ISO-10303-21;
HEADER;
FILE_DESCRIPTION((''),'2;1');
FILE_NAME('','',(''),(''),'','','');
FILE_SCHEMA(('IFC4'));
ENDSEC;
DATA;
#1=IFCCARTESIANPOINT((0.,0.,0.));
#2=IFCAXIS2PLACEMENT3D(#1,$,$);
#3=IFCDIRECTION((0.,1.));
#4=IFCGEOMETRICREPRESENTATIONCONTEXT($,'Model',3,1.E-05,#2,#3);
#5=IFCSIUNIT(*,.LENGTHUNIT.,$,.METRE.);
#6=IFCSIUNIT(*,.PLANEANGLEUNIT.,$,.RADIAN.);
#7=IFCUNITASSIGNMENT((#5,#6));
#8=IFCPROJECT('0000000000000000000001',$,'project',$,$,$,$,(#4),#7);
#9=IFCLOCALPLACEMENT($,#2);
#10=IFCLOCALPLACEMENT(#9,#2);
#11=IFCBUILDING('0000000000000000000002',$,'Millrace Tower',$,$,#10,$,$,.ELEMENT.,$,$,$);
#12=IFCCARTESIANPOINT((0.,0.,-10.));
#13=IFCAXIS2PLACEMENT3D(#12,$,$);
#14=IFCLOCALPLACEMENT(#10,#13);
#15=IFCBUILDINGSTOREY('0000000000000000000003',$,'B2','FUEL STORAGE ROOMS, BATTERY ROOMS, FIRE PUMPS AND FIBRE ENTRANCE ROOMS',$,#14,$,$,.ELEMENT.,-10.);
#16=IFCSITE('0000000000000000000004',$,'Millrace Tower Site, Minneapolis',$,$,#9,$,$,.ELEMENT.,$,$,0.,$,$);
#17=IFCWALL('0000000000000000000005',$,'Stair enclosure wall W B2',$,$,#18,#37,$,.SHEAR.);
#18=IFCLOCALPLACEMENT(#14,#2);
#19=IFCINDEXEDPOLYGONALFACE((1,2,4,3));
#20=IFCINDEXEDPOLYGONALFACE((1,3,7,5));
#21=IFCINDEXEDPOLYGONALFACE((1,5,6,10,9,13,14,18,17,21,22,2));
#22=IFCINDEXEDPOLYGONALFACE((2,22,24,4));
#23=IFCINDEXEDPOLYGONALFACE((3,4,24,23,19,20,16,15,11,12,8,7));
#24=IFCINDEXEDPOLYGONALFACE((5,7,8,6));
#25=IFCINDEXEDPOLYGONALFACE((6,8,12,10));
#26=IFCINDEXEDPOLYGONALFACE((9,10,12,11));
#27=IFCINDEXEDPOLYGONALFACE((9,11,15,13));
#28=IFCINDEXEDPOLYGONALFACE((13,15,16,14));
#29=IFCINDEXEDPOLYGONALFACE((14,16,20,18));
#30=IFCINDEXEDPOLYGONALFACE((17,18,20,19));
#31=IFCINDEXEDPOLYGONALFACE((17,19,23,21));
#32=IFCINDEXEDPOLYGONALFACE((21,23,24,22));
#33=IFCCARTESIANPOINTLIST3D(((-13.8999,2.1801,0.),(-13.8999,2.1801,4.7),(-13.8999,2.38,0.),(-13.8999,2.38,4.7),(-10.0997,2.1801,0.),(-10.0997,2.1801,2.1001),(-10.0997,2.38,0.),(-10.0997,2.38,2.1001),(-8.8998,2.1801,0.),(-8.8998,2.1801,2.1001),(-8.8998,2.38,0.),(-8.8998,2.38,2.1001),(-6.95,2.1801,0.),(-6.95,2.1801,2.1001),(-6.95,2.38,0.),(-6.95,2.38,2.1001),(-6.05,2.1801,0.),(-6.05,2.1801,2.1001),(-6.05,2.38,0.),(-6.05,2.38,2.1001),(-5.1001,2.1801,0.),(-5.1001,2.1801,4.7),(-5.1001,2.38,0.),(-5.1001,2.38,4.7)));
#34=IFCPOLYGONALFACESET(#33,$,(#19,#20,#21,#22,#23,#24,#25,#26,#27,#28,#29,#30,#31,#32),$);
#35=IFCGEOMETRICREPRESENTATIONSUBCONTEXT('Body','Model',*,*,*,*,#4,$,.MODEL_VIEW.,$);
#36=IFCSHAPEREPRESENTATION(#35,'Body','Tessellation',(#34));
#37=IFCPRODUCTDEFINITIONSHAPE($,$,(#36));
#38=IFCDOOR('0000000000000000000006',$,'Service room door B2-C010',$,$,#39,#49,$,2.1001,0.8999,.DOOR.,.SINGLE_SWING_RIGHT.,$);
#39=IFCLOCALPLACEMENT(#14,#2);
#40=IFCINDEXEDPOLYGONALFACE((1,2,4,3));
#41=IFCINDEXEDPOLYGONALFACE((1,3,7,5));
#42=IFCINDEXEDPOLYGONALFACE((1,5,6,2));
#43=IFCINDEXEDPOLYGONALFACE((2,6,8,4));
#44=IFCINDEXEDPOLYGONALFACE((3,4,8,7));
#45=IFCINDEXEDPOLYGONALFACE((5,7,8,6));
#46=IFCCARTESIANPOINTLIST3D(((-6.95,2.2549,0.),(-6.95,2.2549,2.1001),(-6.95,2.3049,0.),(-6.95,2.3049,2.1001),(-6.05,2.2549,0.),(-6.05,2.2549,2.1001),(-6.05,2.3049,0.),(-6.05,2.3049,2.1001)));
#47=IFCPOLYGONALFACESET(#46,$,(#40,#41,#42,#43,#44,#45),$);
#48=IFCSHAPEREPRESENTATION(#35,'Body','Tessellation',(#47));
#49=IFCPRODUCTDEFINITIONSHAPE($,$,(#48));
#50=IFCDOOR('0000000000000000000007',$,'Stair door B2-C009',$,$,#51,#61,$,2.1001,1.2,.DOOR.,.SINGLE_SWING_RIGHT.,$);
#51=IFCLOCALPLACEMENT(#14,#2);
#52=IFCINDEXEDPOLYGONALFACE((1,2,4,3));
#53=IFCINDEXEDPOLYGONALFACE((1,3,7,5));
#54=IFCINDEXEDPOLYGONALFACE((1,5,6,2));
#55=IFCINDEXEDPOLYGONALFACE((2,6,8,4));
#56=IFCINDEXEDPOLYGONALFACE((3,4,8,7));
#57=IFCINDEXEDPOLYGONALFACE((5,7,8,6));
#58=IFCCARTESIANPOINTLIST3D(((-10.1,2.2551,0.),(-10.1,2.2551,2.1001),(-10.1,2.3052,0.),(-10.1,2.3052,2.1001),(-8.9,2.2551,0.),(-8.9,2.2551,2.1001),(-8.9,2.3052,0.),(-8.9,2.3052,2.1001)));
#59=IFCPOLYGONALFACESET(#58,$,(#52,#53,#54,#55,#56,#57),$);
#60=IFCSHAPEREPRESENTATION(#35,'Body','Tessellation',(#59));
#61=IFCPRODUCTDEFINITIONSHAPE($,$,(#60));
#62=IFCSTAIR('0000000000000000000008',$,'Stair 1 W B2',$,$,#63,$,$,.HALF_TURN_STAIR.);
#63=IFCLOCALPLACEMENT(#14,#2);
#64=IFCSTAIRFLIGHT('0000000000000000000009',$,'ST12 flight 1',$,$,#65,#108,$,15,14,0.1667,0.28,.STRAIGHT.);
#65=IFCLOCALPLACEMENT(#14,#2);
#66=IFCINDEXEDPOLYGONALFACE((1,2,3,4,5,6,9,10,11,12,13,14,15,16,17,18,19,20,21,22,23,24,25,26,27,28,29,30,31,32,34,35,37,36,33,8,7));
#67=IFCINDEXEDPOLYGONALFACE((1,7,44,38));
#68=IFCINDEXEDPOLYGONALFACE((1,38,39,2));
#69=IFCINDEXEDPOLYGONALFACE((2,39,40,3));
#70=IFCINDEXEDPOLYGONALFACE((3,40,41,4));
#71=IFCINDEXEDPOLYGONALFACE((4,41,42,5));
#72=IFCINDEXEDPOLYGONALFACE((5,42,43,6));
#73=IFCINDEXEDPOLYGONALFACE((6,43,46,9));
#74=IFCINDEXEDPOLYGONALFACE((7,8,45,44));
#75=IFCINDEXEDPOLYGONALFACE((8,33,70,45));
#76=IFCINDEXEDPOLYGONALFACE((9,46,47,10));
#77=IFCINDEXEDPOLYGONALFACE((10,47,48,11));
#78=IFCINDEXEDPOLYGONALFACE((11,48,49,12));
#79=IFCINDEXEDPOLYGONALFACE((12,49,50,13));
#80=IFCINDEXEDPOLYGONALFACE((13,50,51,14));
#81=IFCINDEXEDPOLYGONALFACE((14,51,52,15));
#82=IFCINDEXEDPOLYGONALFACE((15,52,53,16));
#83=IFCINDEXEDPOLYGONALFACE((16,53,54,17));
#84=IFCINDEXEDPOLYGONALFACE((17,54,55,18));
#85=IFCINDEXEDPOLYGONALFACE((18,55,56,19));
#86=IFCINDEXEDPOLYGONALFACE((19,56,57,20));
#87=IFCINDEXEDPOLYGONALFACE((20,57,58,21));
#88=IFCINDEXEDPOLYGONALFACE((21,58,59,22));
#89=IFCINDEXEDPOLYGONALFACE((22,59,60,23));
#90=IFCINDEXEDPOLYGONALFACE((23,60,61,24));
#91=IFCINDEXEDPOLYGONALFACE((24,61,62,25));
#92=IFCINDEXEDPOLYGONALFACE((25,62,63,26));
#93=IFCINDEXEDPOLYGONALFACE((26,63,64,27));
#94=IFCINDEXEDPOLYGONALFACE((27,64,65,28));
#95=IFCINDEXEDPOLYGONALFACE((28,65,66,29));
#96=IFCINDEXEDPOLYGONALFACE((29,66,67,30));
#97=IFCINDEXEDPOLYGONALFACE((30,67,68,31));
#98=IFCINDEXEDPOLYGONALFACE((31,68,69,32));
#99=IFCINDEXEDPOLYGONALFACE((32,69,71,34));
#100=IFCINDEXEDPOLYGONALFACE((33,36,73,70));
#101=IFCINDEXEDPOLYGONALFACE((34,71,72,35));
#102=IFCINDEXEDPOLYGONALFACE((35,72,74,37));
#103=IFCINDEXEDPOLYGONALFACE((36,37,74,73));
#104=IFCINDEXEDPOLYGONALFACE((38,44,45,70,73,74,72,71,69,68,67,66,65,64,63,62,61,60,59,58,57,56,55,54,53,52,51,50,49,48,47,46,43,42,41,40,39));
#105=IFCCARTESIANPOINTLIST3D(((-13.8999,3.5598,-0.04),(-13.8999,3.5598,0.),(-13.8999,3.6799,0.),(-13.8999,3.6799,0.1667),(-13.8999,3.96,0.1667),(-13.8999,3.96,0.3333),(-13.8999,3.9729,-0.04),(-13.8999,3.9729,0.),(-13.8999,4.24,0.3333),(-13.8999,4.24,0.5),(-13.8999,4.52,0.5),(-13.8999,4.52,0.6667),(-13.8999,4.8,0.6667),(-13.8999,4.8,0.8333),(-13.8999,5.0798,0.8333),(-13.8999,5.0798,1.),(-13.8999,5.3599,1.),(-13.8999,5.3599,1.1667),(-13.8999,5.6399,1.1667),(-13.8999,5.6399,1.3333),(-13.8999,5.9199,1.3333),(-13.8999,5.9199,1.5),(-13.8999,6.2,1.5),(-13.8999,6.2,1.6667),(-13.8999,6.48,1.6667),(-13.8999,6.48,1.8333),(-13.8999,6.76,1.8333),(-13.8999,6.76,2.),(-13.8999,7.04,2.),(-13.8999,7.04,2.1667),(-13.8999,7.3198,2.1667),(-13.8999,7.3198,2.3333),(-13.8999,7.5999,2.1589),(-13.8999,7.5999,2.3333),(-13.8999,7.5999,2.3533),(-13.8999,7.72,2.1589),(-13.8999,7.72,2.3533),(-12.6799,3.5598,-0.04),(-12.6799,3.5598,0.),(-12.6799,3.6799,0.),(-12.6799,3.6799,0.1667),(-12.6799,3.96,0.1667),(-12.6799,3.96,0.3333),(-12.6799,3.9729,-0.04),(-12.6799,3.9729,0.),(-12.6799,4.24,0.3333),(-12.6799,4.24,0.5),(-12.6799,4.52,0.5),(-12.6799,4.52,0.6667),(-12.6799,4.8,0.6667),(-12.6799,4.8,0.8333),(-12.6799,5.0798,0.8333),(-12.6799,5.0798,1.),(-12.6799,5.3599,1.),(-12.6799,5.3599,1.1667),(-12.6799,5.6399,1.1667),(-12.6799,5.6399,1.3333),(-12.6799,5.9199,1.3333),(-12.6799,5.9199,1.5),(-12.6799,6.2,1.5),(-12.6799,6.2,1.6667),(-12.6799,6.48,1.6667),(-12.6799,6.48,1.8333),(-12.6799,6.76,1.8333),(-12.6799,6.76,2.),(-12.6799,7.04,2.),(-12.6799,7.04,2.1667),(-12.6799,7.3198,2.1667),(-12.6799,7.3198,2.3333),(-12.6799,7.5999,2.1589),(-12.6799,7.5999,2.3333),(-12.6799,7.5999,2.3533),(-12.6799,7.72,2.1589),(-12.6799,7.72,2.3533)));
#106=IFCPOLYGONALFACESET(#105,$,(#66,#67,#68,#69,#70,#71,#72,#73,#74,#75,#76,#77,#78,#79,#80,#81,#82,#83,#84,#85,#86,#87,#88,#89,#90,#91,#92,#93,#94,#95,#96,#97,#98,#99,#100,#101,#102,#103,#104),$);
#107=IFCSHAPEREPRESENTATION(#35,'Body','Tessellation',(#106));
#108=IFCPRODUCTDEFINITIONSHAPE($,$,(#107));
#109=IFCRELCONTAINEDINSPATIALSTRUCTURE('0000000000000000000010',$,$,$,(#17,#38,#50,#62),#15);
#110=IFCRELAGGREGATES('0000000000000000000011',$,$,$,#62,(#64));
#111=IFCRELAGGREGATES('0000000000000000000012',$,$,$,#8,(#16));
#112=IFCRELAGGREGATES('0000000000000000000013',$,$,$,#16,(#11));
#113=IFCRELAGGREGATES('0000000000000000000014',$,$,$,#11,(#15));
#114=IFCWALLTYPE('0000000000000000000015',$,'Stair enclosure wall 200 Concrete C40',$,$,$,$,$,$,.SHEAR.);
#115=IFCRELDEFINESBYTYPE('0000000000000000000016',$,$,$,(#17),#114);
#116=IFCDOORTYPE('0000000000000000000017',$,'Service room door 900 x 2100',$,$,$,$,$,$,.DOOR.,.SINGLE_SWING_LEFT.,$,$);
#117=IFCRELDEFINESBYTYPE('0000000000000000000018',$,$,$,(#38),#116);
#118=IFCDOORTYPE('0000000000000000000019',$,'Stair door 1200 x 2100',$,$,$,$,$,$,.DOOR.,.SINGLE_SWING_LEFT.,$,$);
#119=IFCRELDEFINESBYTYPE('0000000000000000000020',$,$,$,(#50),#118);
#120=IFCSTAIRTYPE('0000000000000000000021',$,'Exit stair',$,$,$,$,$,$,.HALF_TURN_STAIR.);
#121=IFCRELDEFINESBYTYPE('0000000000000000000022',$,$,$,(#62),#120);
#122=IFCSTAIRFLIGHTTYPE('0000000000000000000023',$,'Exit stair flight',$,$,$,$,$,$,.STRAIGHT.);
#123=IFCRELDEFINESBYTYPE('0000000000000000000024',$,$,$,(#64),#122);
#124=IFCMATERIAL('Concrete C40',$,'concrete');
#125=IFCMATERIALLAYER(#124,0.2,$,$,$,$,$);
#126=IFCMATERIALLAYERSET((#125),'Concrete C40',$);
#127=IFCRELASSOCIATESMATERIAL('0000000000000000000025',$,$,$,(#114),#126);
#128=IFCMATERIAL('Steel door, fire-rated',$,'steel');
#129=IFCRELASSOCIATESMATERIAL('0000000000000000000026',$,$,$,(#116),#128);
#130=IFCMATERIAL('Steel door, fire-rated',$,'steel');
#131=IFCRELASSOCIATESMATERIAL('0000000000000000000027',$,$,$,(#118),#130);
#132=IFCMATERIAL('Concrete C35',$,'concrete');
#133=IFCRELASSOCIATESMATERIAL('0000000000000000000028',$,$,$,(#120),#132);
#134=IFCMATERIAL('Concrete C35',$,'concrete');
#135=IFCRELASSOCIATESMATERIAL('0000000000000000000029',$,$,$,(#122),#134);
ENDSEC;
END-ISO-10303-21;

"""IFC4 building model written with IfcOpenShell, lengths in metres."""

from ifc_helpers import new_model, si_unit, direction, frame, frame_2d, origin, place, context, subcontext, project, spatial, polyline, rectangle, outline, extrude, material, layer, layer_set, type_object, element, fill, aggregate, save


model = new_model("IFC4")

# Units and contexts
model_context = context("Model", 3, precision=1e-05, world=origin(), true_north=direction((0.0, 1.0)))
body_context = subcontext(model_context, "Body", "Model", "MODEL_VIEW")
ifc_project = project(units=[si_unit("LENGTHUNIT", "METRE"), si_unit("PLANEANGLEUNIT", "RADIAN")], contexts=[model_context])

# Site, building, storey
site_placement = place(None, origin())
site = spatial("IfcSite", under=ifc_project, at=site_placement, Name="Millrace Tower Site, Minneapolis", CompositionType="ELEMENT", RefElevation=0.0)
building_placement = place(site_placement, origin())
building = spatial("IfcBuilding", under=site, at=building_placement, Name="Millrace Tower", CompositionType="ELEMENT")
storey_placement = place(building_placement, frame((0.0, 0.0, -10.0)))
storey = spatial("IfcBuildingStorey", under=building, at=storey_placement, Name="B2", Description="FUEL STORAGE ROOMS, BATTERY ROOMS, FIRE PUMPS AND FIBRE ENTRANCE ROOMS", CompositionType="ELEMENT", Elevation=-10.0)

# Shared definitions
ifc_material_1 = material(Name="Concrete C40", Category="concrete")
ifc_layer_1 = layer(ifc_material_1, 0.2)
ifc_layer_set_1 = layer_set([ifc_layer_1], Name="Concrete C40")
wall_type_1 = type_object("IfcWallType", Name="Stair enclosure wall 200 Concrete C40", PredefinedType="SHEAR", material=ifc_layer_set_1)

# Wall, openings, doors
wall_1_placement = place(storey_placement, frame((-13.8999, 2.28, 0.0), z_axis=(0.0, 0.0, 1.0), x_axis=(1.0, 0.0, 0.0)))
wall_1 = element("IfcWall", 1, at=wall_1_placement, inside=storey, type_object=wall_type_1, Name="Stair enclosure wall W B2", PredefinedType="SHEAR", context=body_context, shape_type="SweptSolid", body=[
    extrude(rectangle(XDim=8.7998, YDim=0.2, at=frame_2d((4.3999, 0.0))), origin(), (0.0, 0.0, 1.0), 4.7),
])
opening_1_placement = place(wall_1_placement, frame((3.8, 0.0, 0.0)))
opening_1 = element("IfcOpeningElement", 2, at=opening_1_placement, cuts=wall_1, PredefinedType="OPENING", context=body_context, shape_type="SweptSolid", body=[
    extrude(rectangle(XDim=1.2, YDim=2.1001, at=frame_2d((0.6001, 1.05))), frame((0.0, 0.1099, 0.0), z_axis=(0.0, -1.0, 0.0), x_axis=(1.0, 0.0, 0.0)), (0.0, 0.0, 1.0), 0.22),
])
opening_2_placement = place(wall_1_placement, frame((6.95, 0.0, 0.0)))
opening_2 = element("IfcOpeningElement", 3, at=opening_2_placement, cuts=wall_1, PredefinedType="OPENING", context=body_context, shape_type="SweptSolid", body=[
    extrude(rectangle(XDim=0.8999, YDim=2.1001, at=frame_2d((0.45, 1.05))), frame((0.0, 0.1099, 0.0), z_axis=(0.0, -1.0, 0.0), x_axis=(1.0, 0.0, 0.0)), (0.0, 0.0, 1.0), 0.22),
])
ifc_material_2 = material(Name="Steel door, fire-rated", Category="steel")
door_type_1 = type_object("IfcDoorType", Name="Service room door 900 x 2100", OperationType="SINGLE_SWING_LEFT", PredefinedType="DOOR", material=ifc_material_2)
door_1_placement = place(opening_2_placement, origin())
door_1 = element("IfcDoor", 4, at=door_1_placement, inside=storey, type_object=door_type_1, Name="Service room door B2-C010", OperationType="SINGLE_SWING_RIGHT", OverallHeight=2.1001, OverallWidth=0.8999, PredefinedType="DOOR", context=body_context, shape_type="SweptSolid", body=[
    extrude(rectangle(XDim=0.8999, YDim=2.1001, at=frame_2d((0.45, 1.05))), frame((0.0, 0.0249, 0.0), z_axis=(0.0, -1.0, 0.0), x_axis=(1.0, 0.0, 0.0)), (0.0, 0.0, 1.0), 0.05),
])
fill(opening_2, door_1)
ifc_material_3 = material(Name="Steel door, fire-rated", Category="steel")
door_type_2 = type_object("IfcDoorType", Name="Stair door 1200 x 2100", OperationType="SINGLE_SWING_LEFT", PredefinedType="DOOR", material=ifc_material_3)
door_2_placement = place(opening_1_placement, frame((1.2, 0.0, 0.0), z_axis=(0.0, 0.0, 1.0), x_axis=(-1.0, 0.0, 0.0)))
door_2 = element("IfcDoor", 5, at=door_2_placement, inside=storey, type_object=door_type_2, Name="Stair door B2-C009", OperationType="SINGLE_SWING_RIGHT", OverallHeight=2.1001, OverallWidth=1.2, PredefinedType="DOOR", context=body_context, shape_type="SweptSolid", body=[
    extrude(rectangle(XDim=1.2, YDim=2.1001, at=frame_2d((0.6001, 1.05))), frame((0.0, 0.0249, 0.0), z_axis=(0.0, -1.0, 0.0), x_axis=(1.0, 0.0, 0.0)), (0.0, 0.0, 1.0), 0.05),
])
fill(opening_1, door_2)

# Stair, stair flight
ifc_material_4 = material(Name="Concrete C35", Category="concrete")
stair_type = type_object("IfcStairType", Name="Exit stair", PredefinedType="HALF_TURN_STAIR", material=ifc_material_4)
stair_placement = place(storey_placement, origin())
stair = element("IfcStair", 6, at=stair_placement, inside=storey, type_object=stair_type, Name="Stair 1 W B2", PredefinedType="HALF_TURN_STAIR")
ifc_material_5 = material(Name="Concrete C35", Category="concrete")
stair_flight_type = type_object("IfcStairFlightType", Name="Exit stair flight", PredefinedType="STRAIGHT", material=ifc_material_5)
stair_flight_placement = place(storey_placement, frame((-13.29, 3.6799, 0.0), z_axis=(0.0, 0.0, 1.0), x_axis=(0.0, 1.0, 0.0)))
stair_flight = element("IfcStairFlight", 7, at=stair_flight_placement, type_object=stair_flight_type, Name="ST12 flight 1", NumberOfRisers=15, NumberOfTreads=14, PredefinedType="STRAIGHT", RiserHeight=0.1667, TreadLength=0.28, context=body_context, shape_type="SweptSolid", body=[
    extrude(outline(polyline([(-0.1201, -0.04), (-0.1201, 0.0), (0.0, 0.0), (0.0, 0.1667), (0.28, 0.1667), (0.28, 0.3333), (0.5601, 0.3333), (0.5601, 0.5), (0.8401, 0.5), (0.8401, 0.6667), (1.1201, 0.6667), (1.1201, 0.8333), (1.3999, 0.8333), (1.3999, 1.0), (1.6799, 1.0), (1.6799, 1.1667), (1.96, 1.1667), (1.96, 1.3333), (2.24, 1.3333), (2.24, 1.5), (2.52, 1.5), (2.52, 1.6667), (2.8, 1.6667), (2.8, 1.8333), (3.0801, 1.8333), (3.0801, 2.0), (3.3601, 2.0), (3.3601, 2.1667), (3.6399, 2.1667), (3.6399, 2.3333), (3.9199, 2.3333), (3.9199, 2.3533), (4.04, 2.3533), (4.04, 2.1589), (3.9199, 2.1589), (0.293, 0.0), (0.293, -0.04), (-0.1201, -0.04)])), frame((0.0, 0.6099, 0.0), z_axis=(0.0, -1.0, 0.0), x_axis=(1.0, 0.0, 0.0)), (0.0, 0.0, 1.0), 1.22),
])
aggregate(stair, [stair_flight])

save(model, "model.ifc")
